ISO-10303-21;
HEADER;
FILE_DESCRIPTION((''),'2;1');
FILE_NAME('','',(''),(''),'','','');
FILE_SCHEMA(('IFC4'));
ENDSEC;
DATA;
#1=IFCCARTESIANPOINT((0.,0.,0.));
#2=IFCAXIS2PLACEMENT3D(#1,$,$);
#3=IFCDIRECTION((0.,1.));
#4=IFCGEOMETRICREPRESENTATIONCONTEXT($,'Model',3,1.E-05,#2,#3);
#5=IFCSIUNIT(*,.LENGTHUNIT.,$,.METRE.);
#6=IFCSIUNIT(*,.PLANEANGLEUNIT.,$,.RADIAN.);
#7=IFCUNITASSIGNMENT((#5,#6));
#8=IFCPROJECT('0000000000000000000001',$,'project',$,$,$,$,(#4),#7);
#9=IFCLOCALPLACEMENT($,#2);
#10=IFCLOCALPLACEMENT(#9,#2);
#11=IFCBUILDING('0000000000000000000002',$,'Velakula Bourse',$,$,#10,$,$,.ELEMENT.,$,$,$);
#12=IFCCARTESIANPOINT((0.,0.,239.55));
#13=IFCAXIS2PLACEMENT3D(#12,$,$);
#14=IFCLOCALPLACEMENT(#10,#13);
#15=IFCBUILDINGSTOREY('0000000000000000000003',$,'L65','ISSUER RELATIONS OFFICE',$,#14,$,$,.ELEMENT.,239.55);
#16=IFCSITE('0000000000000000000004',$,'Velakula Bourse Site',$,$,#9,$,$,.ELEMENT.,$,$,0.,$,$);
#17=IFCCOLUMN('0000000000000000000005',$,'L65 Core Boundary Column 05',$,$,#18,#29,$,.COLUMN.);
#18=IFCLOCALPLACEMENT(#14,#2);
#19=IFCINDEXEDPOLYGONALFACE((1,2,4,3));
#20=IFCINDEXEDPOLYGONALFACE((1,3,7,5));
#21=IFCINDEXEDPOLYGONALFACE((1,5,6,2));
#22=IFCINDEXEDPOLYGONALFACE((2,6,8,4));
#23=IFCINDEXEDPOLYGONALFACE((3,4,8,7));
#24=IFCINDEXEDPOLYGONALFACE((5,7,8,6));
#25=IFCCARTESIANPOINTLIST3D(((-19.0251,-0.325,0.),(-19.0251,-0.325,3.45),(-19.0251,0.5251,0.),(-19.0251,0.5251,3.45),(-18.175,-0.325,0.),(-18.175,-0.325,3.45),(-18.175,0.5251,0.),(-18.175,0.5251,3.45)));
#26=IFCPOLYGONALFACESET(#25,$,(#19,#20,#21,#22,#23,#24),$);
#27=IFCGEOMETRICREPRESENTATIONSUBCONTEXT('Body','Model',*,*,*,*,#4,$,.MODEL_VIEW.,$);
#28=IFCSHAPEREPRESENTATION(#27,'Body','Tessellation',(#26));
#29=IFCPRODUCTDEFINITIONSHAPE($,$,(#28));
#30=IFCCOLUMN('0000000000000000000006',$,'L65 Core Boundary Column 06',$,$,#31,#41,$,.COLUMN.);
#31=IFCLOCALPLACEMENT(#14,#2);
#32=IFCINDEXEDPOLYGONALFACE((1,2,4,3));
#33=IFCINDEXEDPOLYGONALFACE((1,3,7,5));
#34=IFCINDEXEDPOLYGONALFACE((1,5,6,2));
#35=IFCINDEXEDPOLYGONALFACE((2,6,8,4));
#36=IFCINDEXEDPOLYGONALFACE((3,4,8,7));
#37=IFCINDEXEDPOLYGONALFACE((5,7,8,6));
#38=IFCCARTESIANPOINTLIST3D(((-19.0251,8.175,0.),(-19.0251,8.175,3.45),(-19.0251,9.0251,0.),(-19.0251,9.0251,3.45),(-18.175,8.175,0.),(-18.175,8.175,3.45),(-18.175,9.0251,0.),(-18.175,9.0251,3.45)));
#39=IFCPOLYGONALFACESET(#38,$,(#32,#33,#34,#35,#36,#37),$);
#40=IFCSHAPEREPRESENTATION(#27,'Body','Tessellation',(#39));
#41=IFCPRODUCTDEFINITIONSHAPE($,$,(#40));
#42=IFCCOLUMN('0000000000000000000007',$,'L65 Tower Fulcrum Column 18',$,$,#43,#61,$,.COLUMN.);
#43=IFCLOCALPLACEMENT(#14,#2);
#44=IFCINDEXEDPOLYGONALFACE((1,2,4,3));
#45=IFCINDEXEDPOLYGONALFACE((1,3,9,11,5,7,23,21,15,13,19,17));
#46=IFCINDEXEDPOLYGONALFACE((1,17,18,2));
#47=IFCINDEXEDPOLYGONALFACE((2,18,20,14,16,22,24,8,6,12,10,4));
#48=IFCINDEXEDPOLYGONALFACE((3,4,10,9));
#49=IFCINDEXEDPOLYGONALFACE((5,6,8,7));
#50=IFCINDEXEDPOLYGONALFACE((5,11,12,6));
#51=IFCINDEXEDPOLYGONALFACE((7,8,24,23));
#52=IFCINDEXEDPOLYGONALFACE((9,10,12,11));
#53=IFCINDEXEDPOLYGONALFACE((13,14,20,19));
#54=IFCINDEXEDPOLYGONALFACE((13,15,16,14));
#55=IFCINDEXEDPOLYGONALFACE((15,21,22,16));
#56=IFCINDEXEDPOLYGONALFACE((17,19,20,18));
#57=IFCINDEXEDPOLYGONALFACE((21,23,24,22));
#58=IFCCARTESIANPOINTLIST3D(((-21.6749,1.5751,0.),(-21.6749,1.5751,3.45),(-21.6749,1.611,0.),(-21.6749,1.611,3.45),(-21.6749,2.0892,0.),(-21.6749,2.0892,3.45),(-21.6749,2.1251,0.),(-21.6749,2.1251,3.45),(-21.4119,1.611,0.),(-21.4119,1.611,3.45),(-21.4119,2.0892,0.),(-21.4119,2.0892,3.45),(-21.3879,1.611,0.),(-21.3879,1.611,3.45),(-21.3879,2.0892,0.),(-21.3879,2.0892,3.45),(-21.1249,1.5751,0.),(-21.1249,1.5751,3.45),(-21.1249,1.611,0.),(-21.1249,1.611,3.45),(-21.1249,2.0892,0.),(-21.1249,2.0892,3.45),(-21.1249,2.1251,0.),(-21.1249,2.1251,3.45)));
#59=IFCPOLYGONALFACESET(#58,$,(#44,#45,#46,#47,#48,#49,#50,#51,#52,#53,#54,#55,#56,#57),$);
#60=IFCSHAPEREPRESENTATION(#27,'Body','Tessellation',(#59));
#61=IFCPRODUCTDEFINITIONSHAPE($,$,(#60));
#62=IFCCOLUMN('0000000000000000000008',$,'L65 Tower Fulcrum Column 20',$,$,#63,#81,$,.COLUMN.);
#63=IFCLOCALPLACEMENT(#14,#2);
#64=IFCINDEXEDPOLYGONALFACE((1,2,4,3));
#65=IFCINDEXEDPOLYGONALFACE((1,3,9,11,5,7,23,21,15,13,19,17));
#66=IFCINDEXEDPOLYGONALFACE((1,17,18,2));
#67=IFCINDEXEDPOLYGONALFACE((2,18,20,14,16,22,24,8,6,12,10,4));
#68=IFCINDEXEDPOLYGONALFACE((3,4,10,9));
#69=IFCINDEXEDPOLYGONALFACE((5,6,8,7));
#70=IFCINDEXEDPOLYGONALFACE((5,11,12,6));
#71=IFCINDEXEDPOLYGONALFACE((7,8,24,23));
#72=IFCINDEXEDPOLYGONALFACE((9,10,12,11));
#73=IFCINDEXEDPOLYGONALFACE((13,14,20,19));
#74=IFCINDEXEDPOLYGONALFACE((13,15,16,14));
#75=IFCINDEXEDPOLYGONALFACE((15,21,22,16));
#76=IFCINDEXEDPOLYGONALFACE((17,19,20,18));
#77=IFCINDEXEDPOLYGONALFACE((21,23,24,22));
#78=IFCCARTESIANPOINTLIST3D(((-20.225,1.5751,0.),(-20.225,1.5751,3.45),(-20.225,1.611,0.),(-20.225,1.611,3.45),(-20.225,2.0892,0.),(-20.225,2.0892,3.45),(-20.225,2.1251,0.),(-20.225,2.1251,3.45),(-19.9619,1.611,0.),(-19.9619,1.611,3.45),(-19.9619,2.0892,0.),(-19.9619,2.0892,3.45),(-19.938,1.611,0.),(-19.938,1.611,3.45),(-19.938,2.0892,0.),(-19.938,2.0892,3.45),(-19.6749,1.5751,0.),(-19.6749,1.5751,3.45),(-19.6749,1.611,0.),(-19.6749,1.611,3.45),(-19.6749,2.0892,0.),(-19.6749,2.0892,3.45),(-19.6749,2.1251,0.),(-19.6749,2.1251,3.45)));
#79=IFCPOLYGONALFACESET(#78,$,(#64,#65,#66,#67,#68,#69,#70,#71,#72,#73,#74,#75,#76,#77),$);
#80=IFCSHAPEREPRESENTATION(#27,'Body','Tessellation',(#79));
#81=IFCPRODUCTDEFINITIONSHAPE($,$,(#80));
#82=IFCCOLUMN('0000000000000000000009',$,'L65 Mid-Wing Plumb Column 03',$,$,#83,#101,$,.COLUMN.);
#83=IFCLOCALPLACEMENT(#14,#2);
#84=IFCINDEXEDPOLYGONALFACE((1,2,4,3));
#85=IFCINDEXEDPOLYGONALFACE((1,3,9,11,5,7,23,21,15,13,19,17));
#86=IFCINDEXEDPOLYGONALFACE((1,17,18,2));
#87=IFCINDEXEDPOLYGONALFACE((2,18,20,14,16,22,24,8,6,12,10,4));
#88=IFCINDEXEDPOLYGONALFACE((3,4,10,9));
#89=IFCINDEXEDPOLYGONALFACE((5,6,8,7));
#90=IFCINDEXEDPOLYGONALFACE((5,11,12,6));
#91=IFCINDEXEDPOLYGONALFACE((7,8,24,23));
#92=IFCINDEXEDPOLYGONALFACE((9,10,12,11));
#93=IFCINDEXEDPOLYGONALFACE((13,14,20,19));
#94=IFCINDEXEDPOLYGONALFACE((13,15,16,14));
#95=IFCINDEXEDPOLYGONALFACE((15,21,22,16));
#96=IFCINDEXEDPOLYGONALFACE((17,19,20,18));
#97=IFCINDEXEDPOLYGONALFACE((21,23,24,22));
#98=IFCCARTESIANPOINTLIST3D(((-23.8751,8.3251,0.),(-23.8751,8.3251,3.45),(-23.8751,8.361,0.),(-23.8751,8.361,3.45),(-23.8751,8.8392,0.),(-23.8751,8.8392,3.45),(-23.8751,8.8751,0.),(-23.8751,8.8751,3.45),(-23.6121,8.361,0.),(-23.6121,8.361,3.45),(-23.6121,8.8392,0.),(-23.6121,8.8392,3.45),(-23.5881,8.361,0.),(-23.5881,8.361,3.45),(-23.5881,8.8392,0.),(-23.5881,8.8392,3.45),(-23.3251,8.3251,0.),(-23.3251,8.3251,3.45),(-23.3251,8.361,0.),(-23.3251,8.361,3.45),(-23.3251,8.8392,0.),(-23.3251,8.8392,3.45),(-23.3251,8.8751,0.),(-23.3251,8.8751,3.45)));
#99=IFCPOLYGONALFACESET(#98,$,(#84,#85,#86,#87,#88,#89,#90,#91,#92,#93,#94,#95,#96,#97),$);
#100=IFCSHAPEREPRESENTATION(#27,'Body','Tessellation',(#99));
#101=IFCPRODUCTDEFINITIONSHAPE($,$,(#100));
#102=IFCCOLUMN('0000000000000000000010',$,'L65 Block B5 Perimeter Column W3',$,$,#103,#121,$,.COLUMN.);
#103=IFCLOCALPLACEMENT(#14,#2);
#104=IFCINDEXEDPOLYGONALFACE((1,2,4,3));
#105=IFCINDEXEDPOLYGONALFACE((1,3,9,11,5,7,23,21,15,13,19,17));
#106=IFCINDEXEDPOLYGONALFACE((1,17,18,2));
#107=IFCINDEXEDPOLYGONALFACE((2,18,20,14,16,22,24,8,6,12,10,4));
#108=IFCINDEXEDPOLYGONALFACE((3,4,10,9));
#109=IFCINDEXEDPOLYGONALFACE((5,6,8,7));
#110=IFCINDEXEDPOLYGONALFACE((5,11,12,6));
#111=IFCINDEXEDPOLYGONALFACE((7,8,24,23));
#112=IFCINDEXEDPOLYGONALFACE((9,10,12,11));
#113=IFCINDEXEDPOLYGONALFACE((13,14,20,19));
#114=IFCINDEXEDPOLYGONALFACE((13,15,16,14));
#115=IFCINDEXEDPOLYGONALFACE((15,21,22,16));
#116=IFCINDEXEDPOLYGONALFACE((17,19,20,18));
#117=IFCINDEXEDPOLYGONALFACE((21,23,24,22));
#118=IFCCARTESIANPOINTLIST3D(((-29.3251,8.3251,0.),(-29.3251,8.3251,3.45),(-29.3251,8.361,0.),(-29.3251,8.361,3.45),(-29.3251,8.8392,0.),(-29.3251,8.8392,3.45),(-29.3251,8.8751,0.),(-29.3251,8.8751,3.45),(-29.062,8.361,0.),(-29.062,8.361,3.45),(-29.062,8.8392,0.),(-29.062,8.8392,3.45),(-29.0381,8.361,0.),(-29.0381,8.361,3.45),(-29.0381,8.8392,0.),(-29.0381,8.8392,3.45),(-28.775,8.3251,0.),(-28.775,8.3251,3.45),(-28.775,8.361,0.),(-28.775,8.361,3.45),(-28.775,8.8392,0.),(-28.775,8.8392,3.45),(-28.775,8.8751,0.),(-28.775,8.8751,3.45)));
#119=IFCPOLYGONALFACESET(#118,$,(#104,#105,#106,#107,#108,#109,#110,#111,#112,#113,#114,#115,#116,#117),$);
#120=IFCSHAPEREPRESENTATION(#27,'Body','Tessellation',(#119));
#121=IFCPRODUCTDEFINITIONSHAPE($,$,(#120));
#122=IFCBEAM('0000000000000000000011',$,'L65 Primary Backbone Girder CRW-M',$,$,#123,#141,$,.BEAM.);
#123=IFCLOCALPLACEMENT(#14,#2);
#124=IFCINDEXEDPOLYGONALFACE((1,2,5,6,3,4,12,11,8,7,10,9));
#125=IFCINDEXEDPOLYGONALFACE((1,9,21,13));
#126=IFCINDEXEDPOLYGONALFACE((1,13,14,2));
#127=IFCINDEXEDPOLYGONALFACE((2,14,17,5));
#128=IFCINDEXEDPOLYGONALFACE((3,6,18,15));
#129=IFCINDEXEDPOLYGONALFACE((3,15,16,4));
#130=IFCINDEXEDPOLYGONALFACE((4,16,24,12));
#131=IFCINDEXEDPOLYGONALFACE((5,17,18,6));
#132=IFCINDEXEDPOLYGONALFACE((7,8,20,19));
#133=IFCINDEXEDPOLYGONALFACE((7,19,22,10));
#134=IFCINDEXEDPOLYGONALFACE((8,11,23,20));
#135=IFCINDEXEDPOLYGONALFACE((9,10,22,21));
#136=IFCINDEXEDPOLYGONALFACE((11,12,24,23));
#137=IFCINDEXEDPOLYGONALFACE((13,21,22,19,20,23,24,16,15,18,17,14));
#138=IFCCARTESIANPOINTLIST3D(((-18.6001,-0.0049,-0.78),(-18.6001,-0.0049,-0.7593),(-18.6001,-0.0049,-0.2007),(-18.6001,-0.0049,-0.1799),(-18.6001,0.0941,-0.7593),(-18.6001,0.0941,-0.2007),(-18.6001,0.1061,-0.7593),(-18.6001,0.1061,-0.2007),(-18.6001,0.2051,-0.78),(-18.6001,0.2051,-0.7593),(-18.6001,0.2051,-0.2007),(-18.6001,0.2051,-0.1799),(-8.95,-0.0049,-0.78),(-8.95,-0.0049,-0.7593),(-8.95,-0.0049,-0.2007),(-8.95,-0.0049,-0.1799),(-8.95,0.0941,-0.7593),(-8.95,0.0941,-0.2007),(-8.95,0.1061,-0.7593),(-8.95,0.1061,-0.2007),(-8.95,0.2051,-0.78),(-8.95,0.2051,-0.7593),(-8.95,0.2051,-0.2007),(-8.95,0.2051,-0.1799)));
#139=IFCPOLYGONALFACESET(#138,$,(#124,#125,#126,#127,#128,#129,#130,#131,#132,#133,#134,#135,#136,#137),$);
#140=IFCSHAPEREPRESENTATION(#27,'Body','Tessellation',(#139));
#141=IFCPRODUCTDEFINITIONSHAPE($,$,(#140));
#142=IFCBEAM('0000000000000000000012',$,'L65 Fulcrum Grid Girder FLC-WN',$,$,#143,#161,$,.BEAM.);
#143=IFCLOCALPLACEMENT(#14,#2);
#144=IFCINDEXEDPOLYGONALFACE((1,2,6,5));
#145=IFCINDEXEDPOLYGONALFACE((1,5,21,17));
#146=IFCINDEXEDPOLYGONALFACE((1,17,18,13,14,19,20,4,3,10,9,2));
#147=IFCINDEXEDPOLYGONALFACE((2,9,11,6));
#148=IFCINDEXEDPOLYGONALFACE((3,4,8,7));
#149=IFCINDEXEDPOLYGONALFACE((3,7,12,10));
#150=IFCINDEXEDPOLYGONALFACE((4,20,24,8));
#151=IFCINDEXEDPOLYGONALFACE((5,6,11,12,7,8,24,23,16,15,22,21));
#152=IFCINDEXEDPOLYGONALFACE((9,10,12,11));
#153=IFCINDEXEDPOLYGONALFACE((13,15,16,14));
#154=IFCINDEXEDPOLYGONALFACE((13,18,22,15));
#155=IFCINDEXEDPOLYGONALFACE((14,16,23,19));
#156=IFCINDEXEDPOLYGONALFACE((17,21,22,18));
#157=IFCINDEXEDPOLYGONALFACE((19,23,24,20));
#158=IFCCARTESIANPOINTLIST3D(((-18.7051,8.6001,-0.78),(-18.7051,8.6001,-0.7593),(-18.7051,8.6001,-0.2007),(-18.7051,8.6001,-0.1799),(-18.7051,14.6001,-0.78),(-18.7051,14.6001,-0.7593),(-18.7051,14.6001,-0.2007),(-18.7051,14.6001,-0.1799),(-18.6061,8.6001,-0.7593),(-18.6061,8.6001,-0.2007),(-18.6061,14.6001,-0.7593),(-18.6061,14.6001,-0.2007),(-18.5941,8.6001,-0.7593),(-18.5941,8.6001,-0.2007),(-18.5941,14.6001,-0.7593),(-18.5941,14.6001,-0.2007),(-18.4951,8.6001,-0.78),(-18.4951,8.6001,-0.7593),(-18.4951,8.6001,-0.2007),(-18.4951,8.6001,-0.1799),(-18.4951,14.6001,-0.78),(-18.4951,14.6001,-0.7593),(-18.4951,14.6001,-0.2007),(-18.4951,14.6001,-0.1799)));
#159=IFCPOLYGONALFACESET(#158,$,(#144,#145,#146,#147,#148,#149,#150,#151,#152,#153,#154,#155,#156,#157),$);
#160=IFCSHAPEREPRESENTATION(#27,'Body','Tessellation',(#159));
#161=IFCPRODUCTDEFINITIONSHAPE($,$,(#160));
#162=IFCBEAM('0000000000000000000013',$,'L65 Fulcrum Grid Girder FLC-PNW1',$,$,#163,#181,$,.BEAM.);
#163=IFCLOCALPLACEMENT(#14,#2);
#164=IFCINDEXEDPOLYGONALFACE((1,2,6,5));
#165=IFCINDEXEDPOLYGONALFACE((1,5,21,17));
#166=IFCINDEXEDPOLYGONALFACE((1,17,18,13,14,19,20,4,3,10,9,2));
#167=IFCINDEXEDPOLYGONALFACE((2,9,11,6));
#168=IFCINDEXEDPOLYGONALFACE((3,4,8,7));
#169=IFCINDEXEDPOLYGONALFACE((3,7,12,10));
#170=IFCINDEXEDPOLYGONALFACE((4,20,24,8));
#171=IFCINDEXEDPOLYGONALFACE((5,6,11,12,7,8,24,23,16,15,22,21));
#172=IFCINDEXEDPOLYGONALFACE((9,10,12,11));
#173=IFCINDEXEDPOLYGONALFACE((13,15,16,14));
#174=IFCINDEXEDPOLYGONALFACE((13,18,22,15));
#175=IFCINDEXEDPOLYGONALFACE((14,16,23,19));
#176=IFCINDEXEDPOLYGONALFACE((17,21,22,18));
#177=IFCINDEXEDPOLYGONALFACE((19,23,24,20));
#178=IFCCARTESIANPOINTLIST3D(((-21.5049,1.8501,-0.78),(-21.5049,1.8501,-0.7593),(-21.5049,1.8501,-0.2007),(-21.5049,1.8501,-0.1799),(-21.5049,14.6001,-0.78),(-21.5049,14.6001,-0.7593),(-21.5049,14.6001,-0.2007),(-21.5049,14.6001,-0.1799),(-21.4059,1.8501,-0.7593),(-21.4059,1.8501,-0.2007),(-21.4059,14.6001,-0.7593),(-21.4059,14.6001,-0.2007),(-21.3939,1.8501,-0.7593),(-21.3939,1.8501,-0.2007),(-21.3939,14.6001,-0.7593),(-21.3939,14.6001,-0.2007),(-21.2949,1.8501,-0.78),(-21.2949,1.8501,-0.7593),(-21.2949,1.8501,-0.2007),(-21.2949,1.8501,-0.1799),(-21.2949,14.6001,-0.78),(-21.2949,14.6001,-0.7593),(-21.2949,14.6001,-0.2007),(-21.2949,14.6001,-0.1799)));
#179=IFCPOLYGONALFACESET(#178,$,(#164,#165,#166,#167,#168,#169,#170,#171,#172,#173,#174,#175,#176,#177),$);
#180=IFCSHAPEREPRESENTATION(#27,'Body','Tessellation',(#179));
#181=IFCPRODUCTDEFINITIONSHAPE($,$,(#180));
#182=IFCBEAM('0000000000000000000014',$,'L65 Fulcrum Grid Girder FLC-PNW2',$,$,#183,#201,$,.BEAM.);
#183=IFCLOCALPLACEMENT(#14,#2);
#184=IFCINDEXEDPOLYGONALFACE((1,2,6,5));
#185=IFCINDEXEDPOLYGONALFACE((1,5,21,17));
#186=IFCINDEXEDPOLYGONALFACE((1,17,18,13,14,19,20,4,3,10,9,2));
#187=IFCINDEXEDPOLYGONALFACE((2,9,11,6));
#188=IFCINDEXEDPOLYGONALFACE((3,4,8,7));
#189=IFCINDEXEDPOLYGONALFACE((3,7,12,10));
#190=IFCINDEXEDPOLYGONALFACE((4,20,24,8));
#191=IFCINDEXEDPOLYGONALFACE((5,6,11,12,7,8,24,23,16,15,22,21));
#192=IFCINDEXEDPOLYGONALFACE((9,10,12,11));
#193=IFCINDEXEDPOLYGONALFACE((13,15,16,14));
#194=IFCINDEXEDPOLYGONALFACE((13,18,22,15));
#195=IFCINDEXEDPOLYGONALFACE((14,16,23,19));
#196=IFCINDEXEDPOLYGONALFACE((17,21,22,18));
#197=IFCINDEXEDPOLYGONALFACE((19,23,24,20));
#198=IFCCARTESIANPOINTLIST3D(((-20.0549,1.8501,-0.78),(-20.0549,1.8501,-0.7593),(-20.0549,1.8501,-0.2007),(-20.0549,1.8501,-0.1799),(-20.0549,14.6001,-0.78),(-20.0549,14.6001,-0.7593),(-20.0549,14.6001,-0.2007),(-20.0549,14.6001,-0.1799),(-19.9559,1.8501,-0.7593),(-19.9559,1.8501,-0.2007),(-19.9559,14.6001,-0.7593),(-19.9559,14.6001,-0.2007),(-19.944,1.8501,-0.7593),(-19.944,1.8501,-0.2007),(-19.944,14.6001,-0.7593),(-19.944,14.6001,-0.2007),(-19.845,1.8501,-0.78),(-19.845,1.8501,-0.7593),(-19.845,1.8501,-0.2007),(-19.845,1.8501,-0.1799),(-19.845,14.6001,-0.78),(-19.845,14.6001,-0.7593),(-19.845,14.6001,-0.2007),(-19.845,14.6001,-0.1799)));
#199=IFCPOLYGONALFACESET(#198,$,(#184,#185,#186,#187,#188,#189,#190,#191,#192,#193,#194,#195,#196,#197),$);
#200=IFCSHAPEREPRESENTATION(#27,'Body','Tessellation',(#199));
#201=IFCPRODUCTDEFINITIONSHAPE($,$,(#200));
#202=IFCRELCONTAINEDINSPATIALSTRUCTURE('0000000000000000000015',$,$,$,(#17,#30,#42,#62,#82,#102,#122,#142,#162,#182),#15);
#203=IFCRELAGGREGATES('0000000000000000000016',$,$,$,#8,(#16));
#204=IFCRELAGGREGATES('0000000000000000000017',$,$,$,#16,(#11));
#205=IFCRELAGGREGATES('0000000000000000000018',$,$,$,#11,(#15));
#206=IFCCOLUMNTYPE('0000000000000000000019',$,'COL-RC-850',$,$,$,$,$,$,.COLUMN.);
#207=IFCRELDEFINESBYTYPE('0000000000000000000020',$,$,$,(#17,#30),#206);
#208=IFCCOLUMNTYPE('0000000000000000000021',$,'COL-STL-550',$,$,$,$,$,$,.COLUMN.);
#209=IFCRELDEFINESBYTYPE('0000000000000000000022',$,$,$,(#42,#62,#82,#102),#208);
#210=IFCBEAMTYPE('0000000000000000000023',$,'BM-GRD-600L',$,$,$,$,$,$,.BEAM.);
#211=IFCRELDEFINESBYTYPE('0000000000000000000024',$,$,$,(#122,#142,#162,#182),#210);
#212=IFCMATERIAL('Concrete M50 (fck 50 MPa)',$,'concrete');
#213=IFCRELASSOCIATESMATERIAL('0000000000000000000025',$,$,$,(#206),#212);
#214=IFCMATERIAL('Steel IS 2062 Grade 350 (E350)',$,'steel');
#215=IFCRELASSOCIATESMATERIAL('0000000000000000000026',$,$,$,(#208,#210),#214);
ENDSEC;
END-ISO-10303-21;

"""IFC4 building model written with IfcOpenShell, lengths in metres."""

from ifc_helpers import new_model, si_unit, direction, frame, origin, origin_2d, place, context, subcontext, project, spatial, rectangle, i_section, extrude, material, material_profile, profile_set, type_object, element, save


model = new_model("IFC4")

# Units and contexts
model_context = context("Model", 3, precision=1e-05, world=origin(), true_north=direction((0.0, 1.0)))
body_context = subcontext(model_context, "Body", "Model", "MODEL_VIEW")
ifc_project = project(units=[si_unit("LENGTHUNIT", "METRE"), si_unit("PLANEANGLEUNIT", "RADIAN")], contexts=[model_context])

# Site, building, storey
site_placement = place(None, origin())
site = spatial("IfcSite", under=ifc_project, at=site_placement, Name="Velakula Bourse Site", CompositionType="ELEMENT", RefElevation=0.0)
building_placement = place(site_placement, origin())
building = spatial("IfcBuilding", under=site, at=building_placement, Name="Velakula Bourse", CompositionType="ELEMENT")
storey_placement = place(building_placement, frame((0.0, 0.0, 239.55)))
storey = spatial("IfcBuildingStorey", under=building, at=storey_placement, Name="L65", Description="ISSUER RELATIONS OFFICE", CompositionType="ELEMENT", Elevation=239.55)

# Columns
ifc_material_1 = material(Name="Concrete M50 (fck 50 MPa)", Category="concrete")
ifc_material_profile_1 = material_profile(ifc_material_1, rectangle(XDim=0.8501, YDim=0.8501, at=origin_2d()), Name="Concrete M50 (fck 50 MPa)")
ifc_profile_set_1 = profile_set([ifc_material_profile_1], Name="Concrete M50 (fck 50 MPa)")
column_type_1 = type_object("IfcColumnType", Name="COL-RC-850", PredefinedType="COLUMN", material=ifc_profile_set_1)
for number, where, z_axis, x_axis, name in (
    (1, (-18.6001, 0.1001, 0.0), (0.0, 0.0, 1.0), (1.0, 0.0, 0.0), "L65 Core Boundary Column 05"),
    (2, (-18.6001, 8.6001, 0.0), (0.0, 0.0, 1.0), (1.0, 0.0, 0.0), "L65 Core Boundary Column 06"),
):
    element("IfcColumn", number, at=place(storey_placement, frame(where, z_axis=z_axis, x_axis=x_axis)), inside=storey, type_object=column_type_1, Name=name, PredefinedType="COLUMN", context=body_context, shape_type="SweptSolid", body=[
        extrude(rectangle(XDim=0.8501, YDim=0.8501, at=origin_2d()), origin(), (0.0, 0.0, 1.0), 3.45),
    ])
ifc_material_2 = material(Name="Steel IS 2062 Grade 350 (E350)", Category="steel")
ifc_material_profile_2 = material_profile(ifc_material_2, i_section(OverallWidth=0.55, OverallDepth=0.55, WebThickness=0.0239, FlangeThickness=0.0359, at=origin_2d()), Name="Steel IS 2062 Grade 350 (E350)")
ifc_profile_set_2 = profile_set([ifc_material_profile_2], Name="Steel IS 2062 Grade 350 (E350)")
column_type_2 = type_object("IfcColumnType", Name="COL-STL-550", PredefinedType="COLUMN", material=ifc_profile_set_2)
for number, where, z_axis, x_axis, name in (
    (3, (-21.3999, 1.8501, 0.0), (0.0, 0.0, 1.0), (1.0, 0.0, 0.0), "L65 Tower Fulcrum Column 18"),
    (4, (-19.95, 1.8501, 0.0), (0.0, 0.0, 1.0), (1.0, 0.0, 0.0), "L65 Tower Fulcrum Column 20"),
    (5, (-23.6001, 8.6001, 0.0), (0.0, 0.0, 1.0), (1.0, 0.0, 0.0), "L65 Mid-Wing Plumb Column 03"),
    (6, (-29.05, 8.6001, 0.0), (0.0, 0.0, 1.0), (1.0, 0.0, 0.0), "L65 Block B5 Perimeter Column W3"),
):
    element("IfcColumn", number, at=place(storey_placement, frame(where, z_axis=z_axis, x_axis=x_axis)), inside=storey, type_object=column_type_2, Name=name, PredefinedType="COLUMN", context=body_context, shape_type="SweptSolid", body=[
        extrude(i_section(OverallWidth=0.55, OverallDepth=0.55, WebThickness=0.0239, FlangeThickness=0.0359, at=origin_2d()), origin(), (0.0, 0.0, 1.0), 3.45),
    ])

# Beams
ifc_material_profile_3 = material_profile(ifc_material_2, i_section(OverallWidth=0.21, OverallDepth=0.6001, WebThickness=0.012, FlangeThickness=0.0208, at=origin_2d()), Name="Steel IS 2062 Grade 350 (E350)")
ifc_profile_set_3 = profile_set([ifc_material_profile_3], Name="Steel IS 2062 Grade 350 (E350)")
beam_type_1 = type_object("IfcBeamType", Name="BM-GRD-600L", PredefinedType="BEAM", material=ifc_profile_set_3)
beam_1_placement = place(storey_placement, frame((-18.6001, 0.1001, -0.48), z_axis=(1.0, 0.0, 0.0), x_axis=(0.0, 1.0, 0.0)))
element("IfcBeam", 7, at=beam_1_placement, inside=storey, type_object=beam_type_1, Name="L65 Primary Backbone Girder CRW-M", PredefinedType="BEAM", context=body_context, shape_type="SweptSolid", body=[
    extrude(i_section(OverallWidth=0.21, OverallDepth=0.6001, WebThickness=0.012, FlangeThickness=0.0208, at=origin_2d()), origin(), (0.0, 0.0, 1.0), 9.6501),
])
beam_2_placement = place(storey_placement, frame((-18.6001, 8.6001, -0.48), z_axis=(0.0, 1.0, 0.0), x_axis=(-1.0, 0.0, 0.0)))
element("IfcBeam", 8, at=beam_2_placement, inside=storey, type_object=beam_type_1, Name="L65 Fulcrum Grid Girder FLC-WN", PredefinedType="BEAM", context=body_context, shape_type="SweptSolid", body=[
    extrude(i_section(OverallWidth=0.21, OverallDepth=0.6001, WebThickness=0.012, FlangeThickness=0.0208, at=origin_2d()), origin(), (0.0, 0.0, 1.0), 6.0),
])
for number, where, z_axis, x_axis, name in (
    (9, (-21.3999, 1.8501, -0.48), (0.0, 1.0, 0.0), (-1.0, 0.0, 0.0), "L65 Fulcrum Grid Girder FLC-PNW1"),
    (10, (-19.95, 1.8501, -0.48), (0.0, 1.0, 0.0), (-1.0, 0.0, 0.0), "L65 Fulcrum Grid Girder FLC-PNW2"),
):
    element("IfcBeam", number, at=place(storey_placement, frame(where, z_axis=z_axis, x_axis=x_axis)), inside=storey, type_object=beam_type_1, Name=name, PredefinedType="BEAM", context=body_context, shape_type="SweptSolid", body=[
        extrude(i_section(OverallWidth=0.21, OverallDepth=0.6001, WebThickness=0.012, FlangeThickness=0.0208, at=origin_2d()), origin(), (0.0, 0.0, 1.0), 12.75),
    ])

save(model, "model.ifc")
